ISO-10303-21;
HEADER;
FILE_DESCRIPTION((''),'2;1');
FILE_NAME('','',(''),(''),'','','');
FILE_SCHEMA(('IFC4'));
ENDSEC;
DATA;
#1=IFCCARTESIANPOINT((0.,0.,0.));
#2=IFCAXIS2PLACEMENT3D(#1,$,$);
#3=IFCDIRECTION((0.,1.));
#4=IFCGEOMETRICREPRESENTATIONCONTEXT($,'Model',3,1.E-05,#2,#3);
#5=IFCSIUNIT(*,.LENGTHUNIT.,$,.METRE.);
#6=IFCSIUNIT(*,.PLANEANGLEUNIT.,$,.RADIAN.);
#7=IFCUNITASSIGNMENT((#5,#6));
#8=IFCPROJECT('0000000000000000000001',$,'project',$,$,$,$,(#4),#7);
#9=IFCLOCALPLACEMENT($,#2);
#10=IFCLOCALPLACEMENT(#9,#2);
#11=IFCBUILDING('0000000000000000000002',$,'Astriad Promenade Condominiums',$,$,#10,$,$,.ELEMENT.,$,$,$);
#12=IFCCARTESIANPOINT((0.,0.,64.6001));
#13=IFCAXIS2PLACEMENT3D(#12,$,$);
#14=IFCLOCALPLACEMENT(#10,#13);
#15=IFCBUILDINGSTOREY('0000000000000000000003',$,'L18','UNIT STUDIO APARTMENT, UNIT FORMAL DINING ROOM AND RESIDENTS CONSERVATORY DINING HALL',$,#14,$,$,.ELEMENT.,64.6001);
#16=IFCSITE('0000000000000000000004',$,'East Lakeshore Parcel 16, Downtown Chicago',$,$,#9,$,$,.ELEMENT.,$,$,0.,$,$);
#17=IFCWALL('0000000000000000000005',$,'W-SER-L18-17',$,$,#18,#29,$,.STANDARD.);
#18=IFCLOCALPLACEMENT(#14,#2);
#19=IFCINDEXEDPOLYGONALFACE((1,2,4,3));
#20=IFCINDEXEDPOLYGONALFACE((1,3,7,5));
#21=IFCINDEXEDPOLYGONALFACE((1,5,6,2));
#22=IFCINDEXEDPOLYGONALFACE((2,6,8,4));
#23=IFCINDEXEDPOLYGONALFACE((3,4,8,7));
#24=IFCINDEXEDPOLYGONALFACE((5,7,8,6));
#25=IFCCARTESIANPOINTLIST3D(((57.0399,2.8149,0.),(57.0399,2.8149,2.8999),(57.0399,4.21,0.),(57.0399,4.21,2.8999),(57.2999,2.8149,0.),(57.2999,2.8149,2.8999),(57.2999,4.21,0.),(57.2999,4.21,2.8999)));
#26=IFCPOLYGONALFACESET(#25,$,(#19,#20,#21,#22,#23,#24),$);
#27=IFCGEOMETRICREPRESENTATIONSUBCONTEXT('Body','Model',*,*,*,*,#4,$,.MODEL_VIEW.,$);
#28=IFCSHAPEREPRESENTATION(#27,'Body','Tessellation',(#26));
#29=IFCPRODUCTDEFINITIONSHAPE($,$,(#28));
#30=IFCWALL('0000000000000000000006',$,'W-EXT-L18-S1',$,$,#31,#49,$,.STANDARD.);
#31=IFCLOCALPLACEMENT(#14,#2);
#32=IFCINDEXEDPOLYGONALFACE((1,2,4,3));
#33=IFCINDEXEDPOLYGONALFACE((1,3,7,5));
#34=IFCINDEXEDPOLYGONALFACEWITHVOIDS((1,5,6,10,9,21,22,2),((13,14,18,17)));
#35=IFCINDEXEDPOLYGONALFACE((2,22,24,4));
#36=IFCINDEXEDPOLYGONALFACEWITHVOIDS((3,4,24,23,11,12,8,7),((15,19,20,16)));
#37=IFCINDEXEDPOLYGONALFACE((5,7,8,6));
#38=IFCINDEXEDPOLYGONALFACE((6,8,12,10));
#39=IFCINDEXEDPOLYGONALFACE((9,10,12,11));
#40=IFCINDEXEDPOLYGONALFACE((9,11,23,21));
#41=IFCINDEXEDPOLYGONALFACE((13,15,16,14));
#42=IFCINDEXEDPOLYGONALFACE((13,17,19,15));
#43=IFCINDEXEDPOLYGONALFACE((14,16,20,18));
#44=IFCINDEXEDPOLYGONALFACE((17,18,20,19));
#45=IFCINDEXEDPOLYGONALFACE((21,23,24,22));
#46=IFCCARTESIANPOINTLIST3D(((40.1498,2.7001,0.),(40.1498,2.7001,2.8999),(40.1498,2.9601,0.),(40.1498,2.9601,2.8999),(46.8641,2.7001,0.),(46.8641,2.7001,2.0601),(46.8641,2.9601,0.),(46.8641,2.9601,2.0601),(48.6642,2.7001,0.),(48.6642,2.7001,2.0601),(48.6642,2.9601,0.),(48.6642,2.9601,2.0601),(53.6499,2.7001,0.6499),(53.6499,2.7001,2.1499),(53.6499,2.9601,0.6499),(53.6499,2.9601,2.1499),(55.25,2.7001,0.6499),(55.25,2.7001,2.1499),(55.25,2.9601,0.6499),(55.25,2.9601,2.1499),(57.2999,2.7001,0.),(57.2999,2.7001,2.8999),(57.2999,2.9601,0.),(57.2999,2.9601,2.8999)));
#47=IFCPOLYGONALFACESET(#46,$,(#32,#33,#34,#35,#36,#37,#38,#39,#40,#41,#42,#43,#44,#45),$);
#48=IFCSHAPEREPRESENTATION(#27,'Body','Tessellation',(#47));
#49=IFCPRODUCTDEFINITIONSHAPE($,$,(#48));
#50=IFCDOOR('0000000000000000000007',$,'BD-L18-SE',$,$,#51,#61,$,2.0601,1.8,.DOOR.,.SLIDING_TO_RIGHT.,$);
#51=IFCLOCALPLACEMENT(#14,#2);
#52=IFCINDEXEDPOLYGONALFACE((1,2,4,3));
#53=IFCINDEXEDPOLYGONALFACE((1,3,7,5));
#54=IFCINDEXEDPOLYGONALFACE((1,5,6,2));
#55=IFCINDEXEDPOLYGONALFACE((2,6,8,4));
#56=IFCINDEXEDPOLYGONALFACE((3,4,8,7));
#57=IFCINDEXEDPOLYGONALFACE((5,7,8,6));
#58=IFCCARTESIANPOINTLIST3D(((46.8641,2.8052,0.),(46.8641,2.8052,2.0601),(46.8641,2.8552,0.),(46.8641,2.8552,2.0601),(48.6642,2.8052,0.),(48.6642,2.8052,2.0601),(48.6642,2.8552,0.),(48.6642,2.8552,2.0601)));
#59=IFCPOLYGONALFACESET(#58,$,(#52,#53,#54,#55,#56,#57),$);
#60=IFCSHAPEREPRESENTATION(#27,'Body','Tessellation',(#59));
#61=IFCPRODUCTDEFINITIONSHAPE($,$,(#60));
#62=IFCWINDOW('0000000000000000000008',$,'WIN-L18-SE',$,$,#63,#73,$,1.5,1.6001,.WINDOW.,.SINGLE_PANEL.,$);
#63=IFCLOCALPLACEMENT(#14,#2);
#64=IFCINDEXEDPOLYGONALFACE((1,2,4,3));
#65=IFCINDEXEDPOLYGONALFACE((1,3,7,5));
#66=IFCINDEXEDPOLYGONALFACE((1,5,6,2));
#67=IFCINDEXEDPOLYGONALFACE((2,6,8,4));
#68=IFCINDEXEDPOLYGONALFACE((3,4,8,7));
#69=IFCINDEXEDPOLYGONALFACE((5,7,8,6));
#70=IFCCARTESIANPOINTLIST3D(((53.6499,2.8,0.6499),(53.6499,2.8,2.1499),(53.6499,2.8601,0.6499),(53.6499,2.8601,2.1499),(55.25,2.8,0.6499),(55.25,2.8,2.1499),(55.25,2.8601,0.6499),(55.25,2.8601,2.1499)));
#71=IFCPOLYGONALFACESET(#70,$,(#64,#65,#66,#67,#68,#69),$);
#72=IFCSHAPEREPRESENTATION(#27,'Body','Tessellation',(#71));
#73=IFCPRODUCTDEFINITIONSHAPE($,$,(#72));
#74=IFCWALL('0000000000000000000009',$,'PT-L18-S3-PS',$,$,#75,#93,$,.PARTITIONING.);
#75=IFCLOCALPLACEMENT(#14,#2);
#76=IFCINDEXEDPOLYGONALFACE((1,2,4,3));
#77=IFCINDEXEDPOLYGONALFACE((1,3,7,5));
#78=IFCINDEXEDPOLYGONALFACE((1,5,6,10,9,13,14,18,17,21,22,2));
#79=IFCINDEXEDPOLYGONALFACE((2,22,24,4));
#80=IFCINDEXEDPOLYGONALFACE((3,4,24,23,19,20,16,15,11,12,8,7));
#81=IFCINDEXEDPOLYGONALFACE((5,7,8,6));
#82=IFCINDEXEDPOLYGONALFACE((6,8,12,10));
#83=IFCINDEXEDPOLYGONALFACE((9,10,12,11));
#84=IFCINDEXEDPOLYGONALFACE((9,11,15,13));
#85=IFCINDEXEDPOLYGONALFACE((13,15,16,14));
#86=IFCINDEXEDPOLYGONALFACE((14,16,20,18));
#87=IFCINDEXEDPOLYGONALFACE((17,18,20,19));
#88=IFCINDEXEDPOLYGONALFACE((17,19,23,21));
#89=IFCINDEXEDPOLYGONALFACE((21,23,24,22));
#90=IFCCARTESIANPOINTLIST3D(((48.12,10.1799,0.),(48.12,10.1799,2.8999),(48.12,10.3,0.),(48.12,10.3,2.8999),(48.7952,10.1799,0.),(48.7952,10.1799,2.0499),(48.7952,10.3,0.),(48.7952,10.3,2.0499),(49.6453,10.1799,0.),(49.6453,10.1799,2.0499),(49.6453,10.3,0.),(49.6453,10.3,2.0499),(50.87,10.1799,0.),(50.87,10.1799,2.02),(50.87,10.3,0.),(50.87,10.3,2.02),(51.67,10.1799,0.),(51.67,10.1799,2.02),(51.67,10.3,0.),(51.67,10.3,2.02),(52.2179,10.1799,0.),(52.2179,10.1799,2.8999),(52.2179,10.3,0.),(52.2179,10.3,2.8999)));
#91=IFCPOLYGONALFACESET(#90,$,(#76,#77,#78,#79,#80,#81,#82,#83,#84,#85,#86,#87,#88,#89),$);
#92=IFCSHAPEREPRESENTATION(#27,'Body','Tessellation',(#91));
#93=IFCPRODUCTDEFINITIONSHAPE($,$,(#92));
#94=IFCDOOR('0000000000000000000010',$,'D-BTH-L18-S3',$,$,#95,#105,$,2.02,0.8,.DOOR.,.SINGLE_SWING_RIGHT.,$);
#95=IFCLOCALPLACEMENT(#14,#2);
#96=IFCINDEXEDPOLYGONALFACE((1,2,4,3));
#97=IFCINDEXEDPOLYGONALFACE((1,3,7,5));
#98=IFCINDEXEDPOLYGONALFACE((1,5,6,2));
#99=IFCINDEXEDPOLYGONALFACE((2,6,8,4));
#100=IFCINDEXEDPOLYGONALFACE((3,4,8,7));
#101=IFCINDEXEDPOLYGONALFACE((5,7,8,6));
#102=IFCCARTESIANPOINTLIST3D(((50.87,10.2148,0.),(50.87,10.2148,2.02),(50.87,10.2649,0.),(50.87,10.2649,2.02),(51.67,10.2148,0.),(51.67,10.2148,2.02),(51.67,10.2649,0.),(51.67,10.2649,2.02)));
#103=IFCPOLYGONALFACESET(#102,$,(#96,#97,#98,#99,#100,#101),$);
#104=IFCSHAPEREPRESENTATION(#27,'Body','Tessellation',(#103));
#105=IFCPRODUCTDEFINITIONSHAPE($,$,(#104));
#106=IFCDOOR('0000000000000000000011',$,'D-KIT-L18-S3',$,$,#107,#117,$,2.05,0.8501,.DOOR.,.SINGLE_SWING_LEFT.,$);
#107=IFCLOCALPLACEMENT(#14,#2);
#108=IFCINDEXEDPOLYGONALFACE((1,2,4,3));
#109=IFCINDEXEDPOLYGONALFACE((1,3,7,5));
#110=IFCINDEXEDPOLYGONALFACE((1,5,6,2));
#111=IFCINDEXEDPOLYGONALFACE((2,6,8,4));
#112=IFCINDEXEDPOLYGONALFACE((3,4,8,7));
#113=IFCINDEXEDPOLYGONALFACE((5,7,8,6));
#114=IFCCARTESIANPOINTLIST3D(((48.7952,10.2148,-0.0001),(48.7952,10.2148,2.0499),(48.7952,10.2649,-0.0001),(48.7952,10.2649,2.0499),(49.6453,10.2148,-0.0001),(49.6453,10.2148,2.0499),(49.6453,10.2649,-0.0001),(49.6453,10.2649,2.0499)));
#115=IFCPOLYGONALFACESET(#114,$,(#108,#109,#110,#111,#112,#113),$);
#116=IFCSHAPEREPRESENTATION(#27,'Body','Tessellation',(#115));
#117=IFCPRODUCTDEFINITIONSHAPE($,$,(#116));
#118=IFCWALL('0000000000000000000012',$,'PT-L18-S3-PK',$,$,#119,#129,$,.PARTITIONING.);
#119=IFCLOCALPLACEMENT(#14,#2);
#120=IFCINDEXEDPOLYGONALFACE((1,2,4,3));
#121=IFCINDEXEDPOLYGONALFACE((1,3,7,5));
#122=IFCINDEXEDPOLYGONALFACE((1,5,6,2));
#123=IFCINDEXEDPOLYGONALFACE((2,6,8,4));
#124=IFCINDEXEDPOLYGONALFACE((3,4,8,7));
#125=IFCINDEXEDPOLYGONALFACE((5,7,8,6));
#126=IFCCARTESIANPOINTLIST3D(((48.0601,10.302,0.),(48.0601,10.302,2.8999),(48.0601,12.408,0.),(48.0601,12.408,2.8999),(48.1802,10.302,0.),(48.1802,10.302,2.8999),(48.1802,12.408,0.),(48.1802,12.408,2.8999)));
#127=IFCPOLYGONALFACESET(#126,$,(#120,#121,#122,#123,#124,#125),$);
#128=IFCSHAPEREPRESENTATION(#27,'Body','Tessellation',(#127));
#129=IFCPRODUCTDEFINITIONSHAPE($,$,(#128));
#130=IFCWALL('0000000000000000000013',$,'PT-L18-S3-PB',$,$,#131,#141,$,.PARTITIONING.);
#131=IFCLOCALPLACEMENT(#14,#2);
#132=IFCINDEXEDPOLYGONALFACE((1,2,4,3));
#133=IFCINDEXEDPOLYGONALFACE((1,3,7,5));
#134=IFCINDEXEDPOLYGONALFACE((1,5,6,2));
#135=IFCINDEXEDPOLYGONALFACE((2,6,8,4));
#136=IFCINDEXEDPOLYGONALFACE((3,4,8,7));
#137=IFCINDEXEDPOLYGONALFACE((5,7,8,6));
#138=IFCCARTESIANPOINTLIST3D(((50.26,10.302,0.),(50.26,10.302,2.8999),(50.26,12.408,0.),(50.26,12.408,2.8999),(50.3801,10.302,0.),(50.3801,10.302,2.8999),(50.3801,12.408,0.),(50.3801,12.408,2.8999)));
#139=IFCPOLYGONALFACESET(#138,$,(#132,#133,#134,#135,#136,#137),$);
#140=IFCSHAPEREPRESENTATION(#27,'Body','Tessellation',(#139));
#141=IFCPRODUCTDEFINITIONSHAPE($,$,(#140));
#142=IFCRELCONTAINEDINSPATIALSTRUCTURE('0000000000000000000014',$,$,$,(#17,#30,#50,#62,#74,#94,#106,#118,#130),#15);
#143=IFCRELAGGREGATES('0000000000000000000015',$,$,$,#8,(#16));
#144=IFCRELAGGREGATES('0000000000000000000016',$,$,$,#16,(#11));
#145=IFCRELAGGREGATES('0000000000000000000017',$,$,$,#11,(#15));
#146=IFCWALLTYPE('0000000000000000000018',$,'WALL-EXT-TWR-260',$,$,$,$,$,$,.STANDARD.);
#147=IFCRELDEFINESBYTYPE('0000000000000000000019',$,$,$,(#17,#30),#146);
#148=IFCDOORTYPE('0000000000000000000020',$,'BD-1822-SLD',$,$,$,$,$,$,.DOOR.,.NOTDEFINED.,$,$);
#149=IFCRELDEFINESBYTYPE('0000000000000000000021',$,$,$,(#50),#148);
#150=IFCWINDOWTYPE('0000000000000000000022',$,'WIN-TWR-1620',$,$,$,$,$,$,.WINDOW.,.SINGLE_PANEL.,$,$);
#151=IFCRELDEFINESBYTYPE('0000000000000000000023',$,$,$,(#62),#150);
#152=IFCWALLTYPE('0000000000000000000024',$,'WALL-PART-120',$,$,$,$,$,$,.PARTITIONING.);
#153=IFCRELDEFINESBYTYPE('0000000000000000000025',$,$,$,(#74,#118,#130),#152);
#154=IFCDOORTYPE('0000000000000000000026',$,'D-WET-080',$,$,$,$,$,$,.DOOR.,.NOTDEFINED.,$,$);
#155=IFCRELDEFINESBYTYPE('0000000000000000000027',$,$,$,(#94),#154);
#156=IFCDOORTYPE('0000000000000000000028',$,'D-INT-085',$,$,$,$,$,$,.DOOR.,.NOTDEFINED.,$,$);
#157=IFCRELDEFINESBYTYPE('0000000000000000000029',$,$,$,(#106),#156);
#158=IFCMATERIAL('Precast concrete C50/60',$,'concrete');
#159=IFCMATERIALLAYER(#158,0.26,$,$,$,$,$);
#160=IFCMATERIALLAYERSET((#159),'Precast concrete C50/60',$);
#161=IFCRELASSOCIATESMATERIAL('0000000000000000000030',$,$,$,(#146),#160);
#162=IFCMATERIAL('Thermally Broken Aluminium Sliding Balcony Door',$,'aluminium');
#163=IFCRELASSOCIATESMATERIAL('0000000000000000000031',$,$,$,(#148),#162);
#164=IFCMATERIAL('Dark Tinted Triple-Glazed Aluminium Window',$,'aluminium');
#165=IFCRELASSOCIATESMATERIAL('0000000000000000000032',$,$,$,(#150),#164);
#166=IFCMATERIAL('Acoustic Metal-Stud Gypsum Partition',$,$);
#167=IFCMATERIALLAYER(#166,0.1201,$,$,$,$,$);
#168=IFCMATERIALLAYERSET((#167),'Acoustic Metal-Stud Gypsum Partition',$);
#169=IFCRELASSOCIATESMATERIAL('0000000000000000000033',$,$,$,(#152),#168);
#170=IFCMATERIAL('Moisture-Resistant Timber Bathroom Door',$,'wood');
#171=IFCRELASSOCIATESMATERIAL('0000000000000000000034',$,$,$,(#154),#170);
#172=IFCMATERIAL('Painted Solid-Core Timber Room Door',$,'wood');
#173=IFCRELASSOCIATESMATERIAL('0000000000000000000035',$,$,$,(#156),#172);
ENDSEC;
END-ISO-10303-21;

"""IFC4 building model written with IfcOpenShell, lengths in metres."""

from ifc_helpers import new_model, si_unit, direction, frame, frame_2d, origin, place, context, subcontext, project, spatial, rectangle, extrude, source, transform, mapped, material, layer, layer_set, type_object, type_shapes, element, fill, save


model = new_model("IFC4")

# Units and contexts
model_context = context("Model", 3, precision=1e-05, world=origin(), true_north=direction((0.0, 1.0)))
body_context = subcontext(model_context, "Body", "Model", "MODEL_VIEW")
ifc_project = project(units=[si_unit("LENGTHUNIT", "METRE"), si_unit("PLANEANGLEUNIT", "RADIAN")], contexts=[model_context])

# Site, building, storey
site_placement = place(None, origin())
site = spatial("IfcSite", under=ifc_project, at=site_placement, Name="East Lakeshore Parcel 16, Downtown Chicago", CompositionType="ELEMENT", RefElevation=0.0)
building_placement = place(site_placement, origin())
building = spatial("IfcBuilding", under=site, at=building_placement, Name="Astriad Promenade Condominiums", CompositionType="ELEMENT")
storey_placement = place(building_placement, frame((0.0, 0.0, 64.6001)))
storey = spatial("IfcBuildingStorey", under=building, at=storey_placement, Name="L18", Description="UNIT STUDIO APARTMENT, UNIT FORMAL DINING ROOM AND RESIDENTS CONSERVATORY DINING HALL", CompositionType="ELEMENT", Elevation=64.6001)

# Wall
ifc_material_1 = material(Name="Precast concrete C50/60", Category="concrete")
ifc_layer_1 = layer(ifc_material_1, 0.26)
ifc_layer_set_1 = layer_set([ifc_layer_1], Name="Precast concrete C50/60")
wall_type_1 = type_object("IfcWallType", Name="WALL-EXT-TWR-260", PredefinedType="STANDARD", material=ifc_layer_set_1)
wall_1_placement = place(storey_placement, frame((57.1699, 4.21, 0.0), z_axis=(0.0, 0.0, 1.0), x_axis=(0.0, -1.0, 0.0)))
element("IfcWall", 1, at=wall_1_placement, inside=storey, type_object=wall_type_1, Name="W-SER-L18-17", PredefinedType="STANDARD", context=body_context, shape_type="SweptSolid", body=[
    extrude(rectangle(XDim=1.395, YDim=0.26, at=frame_2d((0.6975, 0.0))), origin(), (0.0, 0.0, 1.0), 2.8999),
])

# Wall, openings, door, window
wall_2_placement = place(storey_placement, frame((57.3, 2.8301, 0.0), z_axis=(0.0, 0.0, 1.0), x_axis=(-1.0, 0.0, 0.0)))
wall_2 = element("IfcWall", 2, at=wall_2_placement, inside=storey, type_object=wall_type_1, Name="W-EXT-L18-S1", PredefinedType="STANDARD", context=body_context, shape_type="SweptSolid", body=[
    extrude(rectangle(XDim=17.1501, YDim=0.26, at=frame_2d((8.5752, 0.0))), origin(), (0.0, 0.0, 1.0), 2.8999),
])
opening_1_placement = place(wall_2_placement, frame((8.636, 0.0, 0.0)))
opening_1 = element("IfcOpeningElement", 3, at=opening_1_placement, cuts=wall_2, PredefinedType="OPENING", context=body_context, shape_type="SweptSolid", body=[
    extrude(rectangle(XDim=1.8, YDim=2.0601, at=frame_2d((0.8999, 1.03))), frame((0.0, 0.1399, 0.0), z_axis=(0.0, -1.0, 0.0), x_axis=(1.0, 0.0, 0.0)), (0.0, 0.0, 1.0), 0.28),
])
opening_2_placement = place(wall_2_placement, frame((2.05, 0.0, 0.6499)))
opening_2 = element("IfcOpeningElement", 4, at=opening_2_placement, cuts=wall_2, PredefinedType="OPENING", context=body_context, shape_type="SweptSolid", body=[
    extrude(rectangle(XDim=1.6001, YDim=1.5, at=frame_2d((0.8, 0.75))), frame((0.0, 0.1399, 0.0), z_axis=(0.0, -1.0, 0.0), x_axis=(1.0, 0.0, 0.0)), (0.0, 0.0, 1.0), 0.28),
])
ifc_material_2 = material(Name="Thermally Broken Aluminium Sliding Balcony Door", Category="aluminium")
door_type_1 = type_object("IfcDoorType", Name="BD-1822-SLD", OperationType="NOTDEFINED", PredefinedType="DOOR", material=ifc_material_2)
shared_shape_1 = source(origin(), body_context, "Body", "SweptSolid", [
    extrude(rectangle(XDim=1.8, YDim=2.0601, at=frame_2d((0.8999, 1.03))), frame((0.0, 0.0249, 0.0), z_axis=(0.0, -1.0, 0.0), x_axis=(1.0, 0.0, 0.0)), (0.0, 0.0, 1.0), 0.05),
])
type_shapes(door_type_1, [shared_shape_1])
door_1_placement = place(opening_1_placement, origin())
door_1 = element("IfcDoor", 5, at=door_1_placement, inside=storey, type_object=door_type_1, Name="BD-L18-SE", OperationType="SLIDING_TO_RIGHT", OverallHeight=2.0601, OverallWidth=1.8, PredefinedType="DOOR", context=body_context, shape_type="MappedRepresentation", body=[
    mapped(shared_shape_1, transform((0.0, 0.0, 0.0), scale=1.0)),
])
fill(opening_1, door_1)
ifc_material_3 = material(Name="Dark Tinted Triple-Glazed Aluminium Window", Category="aluminium")
window_type = type_object("IfcWindowType", Name="WIN-TWR-1620", PartitioningType="SINGLE_PANEL", PredefinedType="WINDOW", material=ifc_material_3)
shared_shape_2 = source(origin(), body_context, "Body", "SweptSolid", [
    extrude(rectangle(XDim=1.6001, YDim=1.5, at=frame_2d((0.8, 0.75))), frame((0.0, 0.03, 0.0), z_axis=(0.0, -1.0, 0.0), x_axis=(1.0, 0.0, 0.0)), (0.0, 0.0, 1.0), 0.0601),
])
type_shapes(window_type, [shared_shape_2])
window_placement = place(opening_2_placement, origin())
window = element("IfcWindow", 6, at=window_placement, inside=storey, type_object=window_type, Name="WIN-L18-SE", OverallHeight=1.5, OverallWidth=1.6001, PartitioningType="SINGLE_PANEL", PredefinedType="WINDOW", context=body_context, shape_type="MappedRepresentation", body=[
    mapped(shared_shape_2, transform((0.0, 0.0, 0.0), scale=1.0)),
])
fill(opening_2, window)

# Wall, openings, doors
ifc_material_4 = material(Name="Acoustic Metal-Stud Gypsum Partition")
ifc_layer_2 = layer(ifc_material_4, 0.1201)
ifc_layer_set_2 = layer_set([ifc_layer_2], Name="Acoustic Metal-Stud Gypsum Partition")
wall_type_2 = type_object("IfcWallType", Name="WALL-PART-120", PredefinedType="PARTITIONING", material=ifc_layer_set_2)
wall_3_placement = place(storey_placement, frame((48.1201, 10.24, 0.0), z_axis=(0.0, 0.0, 1.0), x_axis=(1.0, 0.0, 0.0)))
wall_3 = element("IfcWall", 7, at=wall_3_placement, inside=storey, type_object=wall_type_2, Name="PT-L18-S3-PS", PredefinedType="PARTITIONING", context=body_context, shape_type="SweptSolid", body=[
    extrude(rectangle(XDim=4.0979, YDim=0.1201, at=frame_2d((2.0488, 0.0))), origin(), (0.0, 0.0, 1.0), 2.8999),
])
opening_3_placement = place(wall_3_placement, frame((0.675, 0.0, 0.0)))
opening_3 = element("IfcOpeningElement", 8, at=opening_3_placement, cuts=wall_3, PredefinedType="OPENING", context=body_context, shape_type="SweptSolid", body=[
    extrude(rectangle(XDim=0.8501, YDim=2.05, at=frame_2d((0.425, 1.0249))), frame((0.0, 0.0701, 0.0), z_axis=(0.0, -1.0, 0.0), x_axis=(1.0, 0.0, 0.0)), (0.0, 0.0, 1.0), 0.1401),
])
opening_4_placement = place(wall_3_placement, frame((2.75, 0.0, 0.0)))
opening_4 = element("IfcOpeningElement", 9, at=opening_4_placement, cuts=wall_3, PredefinedType="OPENING", context=body_context, shape_type="SweptSolid", body=[
    extrude(rectangle(XDim=0.8, YDim=2.02, at=frame_2d((0.3999, 1.01))), frame((0.0, 0.0701, 0.0), z_axis=(0.0, -1.0, 0.0), x_axis=(1.0, 0.0, 0.0)), (0.0, 0.0, 1.0), 0.1401),
])
ifc_material_5 = material(Name="Moisture-Resistant Timber Bathroom Door", Category="wood")
door_type_2 = type_object("IfcDoorType", Name="D-WET-080", OperationType="NOTDEFINED", PredefinedType="DOOR", material=ifc_material_5)
shared_shape_3 = source(origin(), body_context, "Body", "SweptSolid", [
    extrude(rectangle(XDim=0.8, YDim=2.02, at=frame_2d((0.3999, 1.01))), frame((0.0, 0.0249, 0.0), z_axis=(0.0, -1.0, 0.0), x_axis=(1.0, 0.0, 0.0)), (0.0, 0.0, 1.0), 0.05),
])
type_shapes(door_type_2, [shared_shape_3])
door_2_placement = place(opening_4_placement, origin())
door_2 = element("IfcDoor", 10, at=door_2_placement, inside=storey, type_object=door_type_2, Name="D-BTH-L18-S3", OperationType="SINGLE_SWING_RIGHT", OverallHeight=2.02, OverallWidth=0.8, PredefinedType="DOOR", context=body_context, shape_type="MappedRepresentation", body=[
    mapped(shared_shape_3, transform((0.0, 0.0, 0.0), scale=1.0)),
])
fill(opening_4, door_2)
ifc_material_6 = material(Name="Painted Solid-Core Timber Room Door", Category="wood")
door_type_3 = type_object("IfcDoorType", Name="D-INT-085", OperationType="NOTDEFINED", PredefinedType="DOOR", material=ifc_material_6)
shared_shape_4 = source(origin(), body_context, "Body", "SweptSolid", [
    extrude(rectangle(XDim=0.8501, YDim=2.05, at=frame_2d((0.425, 1.0249))), frame((0.0, 0.0249, 0.0), z_axis=(0.0, -1.0, 0.0), x_axis=(1.0, 0.0, 0.0)), (0.0, 0.0, 1.0), 0.05),
])
type_shapes(door_type_3, [shared_shape_4])
door_3_placement = place(opening_3_placement, origin())
door_3 = element("IfcDoor", 11, at=door_3_placement, inside=storey, type_object=door_type_3, Name="D-KIT-L18-S3", OperationType="SINGLE_SWING_LEFT", OverallHeight=2.05, OverallWidth=0.8501, PredefinedType="DOOR", context=body_context, shape_type="MappedRepresentation", body=[
    mapped(shared_shape_4, transform((0.0, 0.0, 0.0), scale=1.0)),
])
fill(opening_3, door_3)

# Walls
for number, where, z_axis, x_axis, name in (
    (12, (48.1201, 10.302, 0.0), (0.0, 0.0, 1.0), (0.0, 1.0, 0.0), "PT-L18-S3-PK"),
    (13, (50.3201, 10.302, 0.0), (0.0, 0.0, 1.0), (0.0, 1.0, 0.0), "PT-L18-S3-PB"),
):
    element("IfcWall", number, at=place(storey_placement, frame(where, z_axis=z_axis, x_axis=x_axis)), inside=storey, type_object=wall_type_2, Name=name, PredefinedType="PARTITIONING", context=body_context, shape_type="SweptSolid", body=[
        extrude(rectangle(XDim=2.106, YDim=0.1201, at=frame_2d((1.053, 0.0))), origin(), (0.0, 0.0, 1.0), 2.8999),
    ])

save(model, "model.ifc")
